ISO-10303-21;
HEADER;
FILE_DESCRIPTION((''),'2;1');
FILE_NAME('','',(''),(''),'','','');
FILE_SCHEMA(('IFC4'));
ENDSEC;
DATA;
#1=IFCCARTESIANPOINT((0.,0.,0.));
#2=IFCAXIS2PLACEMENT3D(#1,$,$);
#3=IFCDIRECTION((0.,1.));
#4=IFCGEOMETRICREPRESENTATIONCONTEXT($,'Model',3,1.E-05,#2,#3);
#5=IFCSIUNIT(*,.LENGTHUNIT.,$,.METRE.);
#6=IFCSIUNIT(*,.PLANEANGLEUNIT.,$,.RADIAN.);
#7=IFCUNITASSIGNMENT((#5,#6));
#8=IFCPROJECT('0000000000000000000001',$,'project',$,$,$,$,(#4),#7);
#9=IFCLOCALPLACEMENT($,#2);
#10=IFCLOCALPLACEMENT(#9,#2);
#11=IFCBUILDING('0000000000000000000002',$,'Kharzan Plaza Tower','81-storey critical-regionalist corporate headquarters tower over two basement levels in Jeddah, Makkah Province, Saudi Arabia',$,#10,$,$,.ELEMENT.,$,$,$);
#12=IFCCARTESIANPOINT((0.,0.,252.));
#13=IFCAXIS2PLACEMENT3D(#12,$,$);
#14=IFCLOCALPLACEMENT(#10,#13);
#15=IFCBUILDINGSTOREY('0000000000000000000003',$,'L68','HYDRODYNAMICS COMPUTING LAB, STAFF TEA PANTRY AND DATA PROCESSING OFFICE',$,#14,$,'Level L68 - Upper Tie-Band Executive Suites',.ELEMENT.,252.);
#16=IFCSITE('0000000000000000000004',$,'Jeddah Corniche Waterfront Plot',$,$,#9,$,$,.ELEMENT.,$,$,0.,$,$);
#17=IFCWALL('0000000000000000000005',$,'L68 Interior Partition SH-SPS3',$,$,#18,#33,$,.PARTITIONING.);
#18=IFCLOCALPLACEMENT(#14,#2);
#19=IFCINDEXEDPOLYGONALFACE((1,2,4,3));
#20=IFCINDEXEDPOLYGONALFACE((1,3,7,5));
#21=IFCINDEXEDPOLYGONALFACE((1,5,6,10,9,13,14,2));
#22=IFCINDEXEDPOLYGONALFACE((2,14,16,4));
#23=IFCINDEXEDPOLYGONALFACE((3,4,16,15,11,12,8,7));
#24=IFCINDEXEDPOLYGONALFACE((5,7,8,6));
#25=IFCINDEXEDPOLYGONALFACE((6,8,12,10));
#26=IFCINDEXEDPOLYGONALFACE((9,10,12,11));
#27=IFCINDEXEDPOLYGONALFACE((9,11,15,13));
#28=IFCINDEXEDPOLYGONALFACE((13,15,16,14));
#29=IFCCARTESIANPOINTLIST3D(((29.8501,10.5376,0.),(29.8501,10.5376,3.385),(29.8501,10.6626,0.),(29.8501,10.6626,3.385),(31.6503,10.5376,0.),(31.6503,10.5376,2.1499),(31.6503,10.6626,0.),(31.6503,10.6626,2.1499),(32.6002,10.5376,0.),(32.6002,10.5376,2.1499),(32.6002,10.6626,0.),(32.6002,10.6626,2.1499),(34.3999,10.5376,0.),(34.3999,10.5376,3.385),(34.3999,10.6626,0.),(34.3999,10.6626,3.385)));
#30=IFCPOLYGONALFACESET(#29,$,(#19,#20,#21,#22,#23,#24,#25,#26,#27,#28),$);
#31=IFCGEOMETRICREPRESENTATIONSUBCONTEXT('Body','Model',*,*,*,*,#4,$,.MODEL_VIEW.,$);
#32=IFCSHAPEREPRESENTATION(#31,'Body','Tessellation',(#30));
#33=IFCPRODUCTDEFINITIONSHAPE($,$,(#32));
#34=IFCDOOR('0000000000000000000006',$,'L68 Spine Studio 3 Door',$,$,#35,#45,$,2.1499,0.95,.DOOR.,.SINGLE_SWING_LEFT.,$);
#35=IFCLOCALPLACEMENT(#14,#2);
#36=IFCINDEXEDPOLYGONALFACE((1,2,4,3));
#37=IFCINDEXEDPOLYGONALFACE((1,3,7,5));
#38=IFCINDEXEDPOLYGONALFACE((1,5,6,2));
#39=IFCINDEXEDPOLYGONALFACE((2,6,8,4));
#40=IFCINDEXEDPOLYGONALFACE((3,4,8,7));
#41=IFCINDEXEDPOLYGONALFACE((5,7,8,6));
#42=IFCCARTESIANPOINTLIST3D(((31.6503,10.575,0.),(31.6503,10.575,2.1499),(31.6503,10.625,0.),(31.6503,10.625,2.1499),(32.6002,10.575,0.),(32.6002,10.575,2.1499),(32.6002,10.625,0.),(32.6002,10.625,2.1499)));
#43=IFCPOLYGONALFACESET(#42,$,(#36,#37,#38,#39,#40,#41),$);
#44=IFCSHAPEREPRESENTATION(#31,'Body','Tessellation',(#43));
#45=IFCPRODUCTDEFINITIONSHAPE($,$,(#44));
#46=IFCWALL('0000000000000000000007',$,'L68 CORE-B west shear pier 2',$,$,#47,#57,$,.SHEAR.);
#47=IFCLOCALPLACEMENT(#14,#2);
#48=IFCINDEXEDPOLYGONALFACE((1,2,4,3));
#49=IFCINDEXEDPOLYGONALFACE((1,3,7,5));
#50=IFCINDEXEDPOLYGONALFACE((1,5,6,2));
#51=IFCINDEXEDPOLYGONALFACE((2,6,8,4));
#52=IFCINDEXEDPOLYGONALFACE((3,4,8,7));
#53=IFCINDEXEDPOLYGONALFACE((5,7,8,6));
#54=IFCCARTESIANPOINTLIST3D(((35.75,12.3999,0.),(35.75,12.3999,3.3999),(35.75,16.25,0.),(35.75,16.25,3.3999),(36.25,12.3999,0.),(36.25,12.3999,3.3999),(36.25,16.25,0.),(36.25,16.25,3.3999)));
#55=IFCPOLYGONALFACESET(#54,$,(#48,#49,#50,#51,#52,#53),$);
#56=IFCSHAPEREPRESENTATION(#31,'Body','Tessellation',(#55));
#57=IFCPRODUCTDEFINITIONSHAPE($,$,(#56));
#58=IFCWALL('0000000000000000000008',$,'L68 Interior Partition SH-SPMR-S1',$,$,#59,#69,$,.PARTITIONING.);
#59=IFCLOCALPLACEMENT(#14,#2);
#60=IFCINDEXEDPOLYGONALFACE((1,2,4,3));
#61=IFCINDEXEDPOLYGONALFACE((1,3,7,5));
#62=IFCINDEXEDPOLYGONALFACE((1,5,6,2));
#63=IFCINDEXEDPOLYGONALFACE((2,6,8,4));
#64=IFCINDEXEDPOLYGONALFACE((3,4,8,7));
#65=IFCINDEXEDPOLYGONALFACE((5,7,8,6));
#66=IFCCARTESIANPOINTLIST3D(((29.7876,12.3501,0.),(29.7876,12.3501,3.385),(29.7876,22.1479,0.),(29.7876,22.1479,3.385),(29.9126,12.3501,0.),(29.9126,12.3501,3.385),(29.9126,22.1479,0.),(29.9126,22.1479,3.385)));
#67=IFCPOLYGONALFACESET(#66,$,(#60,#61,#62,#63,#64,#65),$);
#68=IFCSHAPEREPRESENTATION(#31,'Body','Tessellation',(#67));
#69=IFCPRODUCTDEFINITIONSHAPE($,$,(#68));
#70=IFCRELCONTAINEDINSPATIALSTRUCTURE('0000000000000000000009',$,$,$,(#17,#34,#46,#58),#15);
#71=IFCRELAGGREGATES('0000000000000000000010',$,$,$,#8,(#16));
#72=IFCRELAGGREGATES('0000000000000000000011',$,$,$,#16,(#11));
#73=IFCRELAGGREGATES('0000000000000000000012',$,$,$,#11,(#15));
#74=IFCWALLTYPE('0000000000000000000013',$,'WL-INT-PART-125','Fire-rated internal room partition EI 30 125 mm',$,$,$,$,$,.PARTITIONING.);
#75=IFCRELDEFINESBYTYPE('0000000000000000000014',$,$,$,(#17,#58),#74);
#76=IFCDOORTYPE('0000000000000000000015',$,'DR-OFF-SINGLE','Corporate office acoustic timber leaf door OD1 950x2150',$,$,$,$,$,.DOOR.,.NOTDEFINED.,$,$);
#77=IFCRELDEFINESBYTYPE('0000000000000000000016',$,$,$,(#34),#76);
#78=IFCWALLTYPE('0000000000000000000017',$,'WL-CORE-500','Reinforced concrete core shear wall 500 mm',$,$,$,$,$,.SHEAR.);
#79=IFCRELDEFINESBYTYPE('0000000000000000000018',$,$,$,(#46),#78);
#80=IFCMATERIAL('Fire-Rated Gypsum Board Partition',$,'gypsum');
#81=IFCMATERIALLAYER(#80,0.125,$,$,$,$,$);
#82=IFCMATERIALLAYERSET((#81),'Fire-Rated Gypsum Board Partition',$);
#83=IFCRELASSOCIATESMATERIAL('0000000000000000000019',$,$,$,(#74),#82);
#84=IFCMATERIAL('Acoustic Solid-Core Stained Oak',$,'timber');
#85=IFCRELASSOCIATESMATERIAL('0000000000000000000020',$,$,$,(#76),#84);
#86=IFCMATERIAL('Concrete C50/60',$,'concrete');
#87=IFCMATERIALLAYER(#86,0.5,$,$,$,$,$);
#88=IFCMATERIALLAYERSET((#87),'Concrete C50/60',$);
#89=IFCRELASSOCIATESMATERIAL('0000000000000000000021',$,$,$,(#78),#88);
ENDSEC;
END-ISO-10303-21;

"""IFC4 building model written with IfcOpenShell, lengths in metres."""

from ifc_helpers import new_model, si_unit, direction, frame, frame_2d, origin, place, context, subcontext, project, spatial, rectangle, extrude, source, transform, mapped, material, layer, layer_set, type_object, element, fill, save


model = new_model("IFC4")

# Units and contexts
model_context = context("Model", 3, precision=1e-05, world=origin(), true_north=direction((0.0, 1.0)))
body_context = subcontext(model_context, "Body", "Model", "MODEL_VIEW")
ifc_project = project(units=[si_unit("LENGTHUNIT", "METRE"), si_unit("PLANEANGLEUNIT", "RADIAN")], contexts=[model_context])

# Site, building, storey
site_placement = place(None, origin())
site = spatial("IfcSite", under=ifc_project, at=site_placement, Name="Jeddah Corniche Waterfront Plot", CompositionType="ELEMENT", RefElevation=0.0)
building_placement = place(site_placement, origin())
building = spatial("IfcBuilding", under=site, at=building_placement, Name="Kharzan Plaza Tower", Description="81-storey critical-regionalist corporate headquarters tower over two basement levels in Jeddah, Makkah Province, Saudi Arabia", CompositionType="ELEMENT")
storey_placement = place(building_placement, frame((0.0, 0.0, 252.0)))
storey = spatial("IfcBuildingStorey", under=building, at=storey_placement, Name="L68", Description="HYDRODYNAMICS COMPUTING LAB, STAFF TEA PANTRY AND DATA PROCESSING OFFICE", LongName="Level L68 - Upper Tie-Band Executive Suites", CompositionType="ELEMENT", Elevation=252.0)

# Shared definitions
ifc_material_1 = material(Name="Concrete C50/60", Category="concrete")

# Wall, opening, door
ifc_material_2 = material(Name="Fire-Rated Gypsum Board Partition", Category="gypsum")
ifc_layer_1 = layer(ifc_material_2, 0.125)
ifc_layer_set_1 = layer_set([ifc_layer_1], Name="Fire-Rated Gypsum Board Partition")
wall_type_1 = type_object("IfcWallType", Name="WL-INT-PART-125", Description="Fire-rated internal room partition EI 30 125 mm", PredefinedType="PARTITIONING", material=ifc_layer_set_1)
ifc_material_3 = material(Name="Acoustic Solid-Core Stained Oak", Category="timber")
door_type = type_object("IfcDoorType", Name="DR-OFF-SINGLE", Description="Corporate office acoustic timber leaf door OD1 950x2150", OperationType="NOTDEFINED", PredefinedType="DOOR", material=ifc_material_3)
shared_shape_1 = source(origin(), body_context, "Body", "SweptSolid", [
    extrude(rectangle(XDim=0.95, YDim=2.1499, at=frame_2d((0.4751, 1.075))), frame((0.0, 0.0249, 0.0), z_axis=(0.0, -1.0, 0.0), x_axis=(1.0, 0.0, 0.0)), (0.0, 0.0, 1.0), 0.05),
])
wall_1_placement = place(storey_placement, frame((29.8501, 10.6001, 0.0), z_axis=(0.0, 0.0, 1.0), x_axis=(1.0, 0.0, 0.0)))
wall_1 = element("IfcWall", 1, at=wall_1_placement, inside=storey, type_object=wall_type_1, Name="L68 Interior Partition SH-SPS3", PredefinedType="PARTITIONING", context=body_context, shape_type="SweptSolid", body=[
    extrude(rectangle(XDim=4.5498, YDim=0.125, at=frame_2d((2.2749, 0.0))), origin(), (0.0, 0.0, 1.0), 3.385),
])
opening_1_placement = place(wall_1_placement, frame((1.8, 0.0, 0.0)))
opening_1 = element("IfcOpeningElement", 2, at=opening_1_placement, cuts=wall_1, PredefinedType="OPENING", context=body_context, shape_type="SweptSolid", body=[
    extrude(rectangle(XDim=0.95, YDim=2.1499, at=frame_2d((0.4751, 1.075))), frame((0.0, 0.0725, 0.0), z_axis=(0.0, -1.0, 0.0), x_axis=(1.0, 0.0, 0.0)), (0.0, 0.0, 1.0), 0.145),
])
door_1_placement = place(opening_1_placement, origin())
door_1 = element("IfcDoor", 3, at=door_1_placement, inside=storey, type_object=door_type, Name="L68 Spine Studio 3 Door", OperationType="SINGLE_SWING_LEFT", OverallHeight=2.1499, OverallWidth=0.95, PredefinedType="DOOR", context=body_context, shape_type="MappedRepresentation", body=[
    mapped(shared_shape_1, transform((0.0, 0.0, 0.0), x_axis=(1.0, 0.0, 0.0), y_axis=(0.0, 1.0, 0.0), z_axis=(0.0, 0.0, 1.0))),
])
fill(opening_1, door_1)

# Walls
ifc_layer_2 = layer(ifc_material_1, 0.5)
ifc_layer_set_2 = layer_set([ifc_layer_2], Name="Concrete C50/60")
wall_type_2 = type_object("IfcWallType", Name="WL-CORE-500", Description="Reinforced concrete core shear wall 500 mm", PredefinedType="SHEAR", material=ifc_layer_set_2)
shared_shape_2 = source(origin(), body_context, "Body", "SweptSolid", [
    extrude(rectangle(XDim=3.8501, YDim=0.5, at=frame_2d((1.925, 0.0))), origin(), (0.0, 0.0, 1.0), 3.3999),
])
wall_2_placement = place(storey_placement, frame((36.0, 12.3999, 0.0), z_axis=(0.0, 0.0, 1.0), x_axis=(0.0, 1.0, 0.0)))
element("IfcWall", 4, at=wall_2_placement, inside=storey, type_object=wall_type_2, Name="L68 CORE-B west shear pier 2", PredefinedType="SHEAR", context=body_context, shape_type="MappedRepresentation", body=[
    mapped(shared_shape_2, transform((0.0, 0.0, 0.0), x_axis=(1.0, 0.0, 0.0), y_axis=(0.0, 1.0, 0.0), z_axis=(0.0, 0.0, 1.0))),
])
shared_shape_3 = source(origin(), body_context, "Body", "SweptSolid", [
    extrude(rectangle(XDim=9.7979, YDim=0.125, at=frame_2d((4.8989, 0.0))), origin(), (0.0, 0.0, 1.0), 3.385),
])
wall_3_placement = place(storey_placement, frame((29.8501, 12.3501, 0.0), z_axis=(0.0, 0.0, 1.0), x_axis=(0.0, 1.0, 0.0)))
element("IfcWall", 5, at=wall_3_placement, inside=storey, type_object=wall_type_1, Name="L68 Interior Partition SH-SPMR-S1", PredefinedType="PARTITIONING", context=body_context, shape_type="MappedRepresentation", body=[
    mapped(shared_shape_3, transform((0.0, 0.0, 0.0), x_axis=(1.0, 0.0, 0.0), y_axis=(0.0, 1.0, 0.0), z_axis=(0.0, 0.0, 1.0))),
])

save(model, "model.ifc")
